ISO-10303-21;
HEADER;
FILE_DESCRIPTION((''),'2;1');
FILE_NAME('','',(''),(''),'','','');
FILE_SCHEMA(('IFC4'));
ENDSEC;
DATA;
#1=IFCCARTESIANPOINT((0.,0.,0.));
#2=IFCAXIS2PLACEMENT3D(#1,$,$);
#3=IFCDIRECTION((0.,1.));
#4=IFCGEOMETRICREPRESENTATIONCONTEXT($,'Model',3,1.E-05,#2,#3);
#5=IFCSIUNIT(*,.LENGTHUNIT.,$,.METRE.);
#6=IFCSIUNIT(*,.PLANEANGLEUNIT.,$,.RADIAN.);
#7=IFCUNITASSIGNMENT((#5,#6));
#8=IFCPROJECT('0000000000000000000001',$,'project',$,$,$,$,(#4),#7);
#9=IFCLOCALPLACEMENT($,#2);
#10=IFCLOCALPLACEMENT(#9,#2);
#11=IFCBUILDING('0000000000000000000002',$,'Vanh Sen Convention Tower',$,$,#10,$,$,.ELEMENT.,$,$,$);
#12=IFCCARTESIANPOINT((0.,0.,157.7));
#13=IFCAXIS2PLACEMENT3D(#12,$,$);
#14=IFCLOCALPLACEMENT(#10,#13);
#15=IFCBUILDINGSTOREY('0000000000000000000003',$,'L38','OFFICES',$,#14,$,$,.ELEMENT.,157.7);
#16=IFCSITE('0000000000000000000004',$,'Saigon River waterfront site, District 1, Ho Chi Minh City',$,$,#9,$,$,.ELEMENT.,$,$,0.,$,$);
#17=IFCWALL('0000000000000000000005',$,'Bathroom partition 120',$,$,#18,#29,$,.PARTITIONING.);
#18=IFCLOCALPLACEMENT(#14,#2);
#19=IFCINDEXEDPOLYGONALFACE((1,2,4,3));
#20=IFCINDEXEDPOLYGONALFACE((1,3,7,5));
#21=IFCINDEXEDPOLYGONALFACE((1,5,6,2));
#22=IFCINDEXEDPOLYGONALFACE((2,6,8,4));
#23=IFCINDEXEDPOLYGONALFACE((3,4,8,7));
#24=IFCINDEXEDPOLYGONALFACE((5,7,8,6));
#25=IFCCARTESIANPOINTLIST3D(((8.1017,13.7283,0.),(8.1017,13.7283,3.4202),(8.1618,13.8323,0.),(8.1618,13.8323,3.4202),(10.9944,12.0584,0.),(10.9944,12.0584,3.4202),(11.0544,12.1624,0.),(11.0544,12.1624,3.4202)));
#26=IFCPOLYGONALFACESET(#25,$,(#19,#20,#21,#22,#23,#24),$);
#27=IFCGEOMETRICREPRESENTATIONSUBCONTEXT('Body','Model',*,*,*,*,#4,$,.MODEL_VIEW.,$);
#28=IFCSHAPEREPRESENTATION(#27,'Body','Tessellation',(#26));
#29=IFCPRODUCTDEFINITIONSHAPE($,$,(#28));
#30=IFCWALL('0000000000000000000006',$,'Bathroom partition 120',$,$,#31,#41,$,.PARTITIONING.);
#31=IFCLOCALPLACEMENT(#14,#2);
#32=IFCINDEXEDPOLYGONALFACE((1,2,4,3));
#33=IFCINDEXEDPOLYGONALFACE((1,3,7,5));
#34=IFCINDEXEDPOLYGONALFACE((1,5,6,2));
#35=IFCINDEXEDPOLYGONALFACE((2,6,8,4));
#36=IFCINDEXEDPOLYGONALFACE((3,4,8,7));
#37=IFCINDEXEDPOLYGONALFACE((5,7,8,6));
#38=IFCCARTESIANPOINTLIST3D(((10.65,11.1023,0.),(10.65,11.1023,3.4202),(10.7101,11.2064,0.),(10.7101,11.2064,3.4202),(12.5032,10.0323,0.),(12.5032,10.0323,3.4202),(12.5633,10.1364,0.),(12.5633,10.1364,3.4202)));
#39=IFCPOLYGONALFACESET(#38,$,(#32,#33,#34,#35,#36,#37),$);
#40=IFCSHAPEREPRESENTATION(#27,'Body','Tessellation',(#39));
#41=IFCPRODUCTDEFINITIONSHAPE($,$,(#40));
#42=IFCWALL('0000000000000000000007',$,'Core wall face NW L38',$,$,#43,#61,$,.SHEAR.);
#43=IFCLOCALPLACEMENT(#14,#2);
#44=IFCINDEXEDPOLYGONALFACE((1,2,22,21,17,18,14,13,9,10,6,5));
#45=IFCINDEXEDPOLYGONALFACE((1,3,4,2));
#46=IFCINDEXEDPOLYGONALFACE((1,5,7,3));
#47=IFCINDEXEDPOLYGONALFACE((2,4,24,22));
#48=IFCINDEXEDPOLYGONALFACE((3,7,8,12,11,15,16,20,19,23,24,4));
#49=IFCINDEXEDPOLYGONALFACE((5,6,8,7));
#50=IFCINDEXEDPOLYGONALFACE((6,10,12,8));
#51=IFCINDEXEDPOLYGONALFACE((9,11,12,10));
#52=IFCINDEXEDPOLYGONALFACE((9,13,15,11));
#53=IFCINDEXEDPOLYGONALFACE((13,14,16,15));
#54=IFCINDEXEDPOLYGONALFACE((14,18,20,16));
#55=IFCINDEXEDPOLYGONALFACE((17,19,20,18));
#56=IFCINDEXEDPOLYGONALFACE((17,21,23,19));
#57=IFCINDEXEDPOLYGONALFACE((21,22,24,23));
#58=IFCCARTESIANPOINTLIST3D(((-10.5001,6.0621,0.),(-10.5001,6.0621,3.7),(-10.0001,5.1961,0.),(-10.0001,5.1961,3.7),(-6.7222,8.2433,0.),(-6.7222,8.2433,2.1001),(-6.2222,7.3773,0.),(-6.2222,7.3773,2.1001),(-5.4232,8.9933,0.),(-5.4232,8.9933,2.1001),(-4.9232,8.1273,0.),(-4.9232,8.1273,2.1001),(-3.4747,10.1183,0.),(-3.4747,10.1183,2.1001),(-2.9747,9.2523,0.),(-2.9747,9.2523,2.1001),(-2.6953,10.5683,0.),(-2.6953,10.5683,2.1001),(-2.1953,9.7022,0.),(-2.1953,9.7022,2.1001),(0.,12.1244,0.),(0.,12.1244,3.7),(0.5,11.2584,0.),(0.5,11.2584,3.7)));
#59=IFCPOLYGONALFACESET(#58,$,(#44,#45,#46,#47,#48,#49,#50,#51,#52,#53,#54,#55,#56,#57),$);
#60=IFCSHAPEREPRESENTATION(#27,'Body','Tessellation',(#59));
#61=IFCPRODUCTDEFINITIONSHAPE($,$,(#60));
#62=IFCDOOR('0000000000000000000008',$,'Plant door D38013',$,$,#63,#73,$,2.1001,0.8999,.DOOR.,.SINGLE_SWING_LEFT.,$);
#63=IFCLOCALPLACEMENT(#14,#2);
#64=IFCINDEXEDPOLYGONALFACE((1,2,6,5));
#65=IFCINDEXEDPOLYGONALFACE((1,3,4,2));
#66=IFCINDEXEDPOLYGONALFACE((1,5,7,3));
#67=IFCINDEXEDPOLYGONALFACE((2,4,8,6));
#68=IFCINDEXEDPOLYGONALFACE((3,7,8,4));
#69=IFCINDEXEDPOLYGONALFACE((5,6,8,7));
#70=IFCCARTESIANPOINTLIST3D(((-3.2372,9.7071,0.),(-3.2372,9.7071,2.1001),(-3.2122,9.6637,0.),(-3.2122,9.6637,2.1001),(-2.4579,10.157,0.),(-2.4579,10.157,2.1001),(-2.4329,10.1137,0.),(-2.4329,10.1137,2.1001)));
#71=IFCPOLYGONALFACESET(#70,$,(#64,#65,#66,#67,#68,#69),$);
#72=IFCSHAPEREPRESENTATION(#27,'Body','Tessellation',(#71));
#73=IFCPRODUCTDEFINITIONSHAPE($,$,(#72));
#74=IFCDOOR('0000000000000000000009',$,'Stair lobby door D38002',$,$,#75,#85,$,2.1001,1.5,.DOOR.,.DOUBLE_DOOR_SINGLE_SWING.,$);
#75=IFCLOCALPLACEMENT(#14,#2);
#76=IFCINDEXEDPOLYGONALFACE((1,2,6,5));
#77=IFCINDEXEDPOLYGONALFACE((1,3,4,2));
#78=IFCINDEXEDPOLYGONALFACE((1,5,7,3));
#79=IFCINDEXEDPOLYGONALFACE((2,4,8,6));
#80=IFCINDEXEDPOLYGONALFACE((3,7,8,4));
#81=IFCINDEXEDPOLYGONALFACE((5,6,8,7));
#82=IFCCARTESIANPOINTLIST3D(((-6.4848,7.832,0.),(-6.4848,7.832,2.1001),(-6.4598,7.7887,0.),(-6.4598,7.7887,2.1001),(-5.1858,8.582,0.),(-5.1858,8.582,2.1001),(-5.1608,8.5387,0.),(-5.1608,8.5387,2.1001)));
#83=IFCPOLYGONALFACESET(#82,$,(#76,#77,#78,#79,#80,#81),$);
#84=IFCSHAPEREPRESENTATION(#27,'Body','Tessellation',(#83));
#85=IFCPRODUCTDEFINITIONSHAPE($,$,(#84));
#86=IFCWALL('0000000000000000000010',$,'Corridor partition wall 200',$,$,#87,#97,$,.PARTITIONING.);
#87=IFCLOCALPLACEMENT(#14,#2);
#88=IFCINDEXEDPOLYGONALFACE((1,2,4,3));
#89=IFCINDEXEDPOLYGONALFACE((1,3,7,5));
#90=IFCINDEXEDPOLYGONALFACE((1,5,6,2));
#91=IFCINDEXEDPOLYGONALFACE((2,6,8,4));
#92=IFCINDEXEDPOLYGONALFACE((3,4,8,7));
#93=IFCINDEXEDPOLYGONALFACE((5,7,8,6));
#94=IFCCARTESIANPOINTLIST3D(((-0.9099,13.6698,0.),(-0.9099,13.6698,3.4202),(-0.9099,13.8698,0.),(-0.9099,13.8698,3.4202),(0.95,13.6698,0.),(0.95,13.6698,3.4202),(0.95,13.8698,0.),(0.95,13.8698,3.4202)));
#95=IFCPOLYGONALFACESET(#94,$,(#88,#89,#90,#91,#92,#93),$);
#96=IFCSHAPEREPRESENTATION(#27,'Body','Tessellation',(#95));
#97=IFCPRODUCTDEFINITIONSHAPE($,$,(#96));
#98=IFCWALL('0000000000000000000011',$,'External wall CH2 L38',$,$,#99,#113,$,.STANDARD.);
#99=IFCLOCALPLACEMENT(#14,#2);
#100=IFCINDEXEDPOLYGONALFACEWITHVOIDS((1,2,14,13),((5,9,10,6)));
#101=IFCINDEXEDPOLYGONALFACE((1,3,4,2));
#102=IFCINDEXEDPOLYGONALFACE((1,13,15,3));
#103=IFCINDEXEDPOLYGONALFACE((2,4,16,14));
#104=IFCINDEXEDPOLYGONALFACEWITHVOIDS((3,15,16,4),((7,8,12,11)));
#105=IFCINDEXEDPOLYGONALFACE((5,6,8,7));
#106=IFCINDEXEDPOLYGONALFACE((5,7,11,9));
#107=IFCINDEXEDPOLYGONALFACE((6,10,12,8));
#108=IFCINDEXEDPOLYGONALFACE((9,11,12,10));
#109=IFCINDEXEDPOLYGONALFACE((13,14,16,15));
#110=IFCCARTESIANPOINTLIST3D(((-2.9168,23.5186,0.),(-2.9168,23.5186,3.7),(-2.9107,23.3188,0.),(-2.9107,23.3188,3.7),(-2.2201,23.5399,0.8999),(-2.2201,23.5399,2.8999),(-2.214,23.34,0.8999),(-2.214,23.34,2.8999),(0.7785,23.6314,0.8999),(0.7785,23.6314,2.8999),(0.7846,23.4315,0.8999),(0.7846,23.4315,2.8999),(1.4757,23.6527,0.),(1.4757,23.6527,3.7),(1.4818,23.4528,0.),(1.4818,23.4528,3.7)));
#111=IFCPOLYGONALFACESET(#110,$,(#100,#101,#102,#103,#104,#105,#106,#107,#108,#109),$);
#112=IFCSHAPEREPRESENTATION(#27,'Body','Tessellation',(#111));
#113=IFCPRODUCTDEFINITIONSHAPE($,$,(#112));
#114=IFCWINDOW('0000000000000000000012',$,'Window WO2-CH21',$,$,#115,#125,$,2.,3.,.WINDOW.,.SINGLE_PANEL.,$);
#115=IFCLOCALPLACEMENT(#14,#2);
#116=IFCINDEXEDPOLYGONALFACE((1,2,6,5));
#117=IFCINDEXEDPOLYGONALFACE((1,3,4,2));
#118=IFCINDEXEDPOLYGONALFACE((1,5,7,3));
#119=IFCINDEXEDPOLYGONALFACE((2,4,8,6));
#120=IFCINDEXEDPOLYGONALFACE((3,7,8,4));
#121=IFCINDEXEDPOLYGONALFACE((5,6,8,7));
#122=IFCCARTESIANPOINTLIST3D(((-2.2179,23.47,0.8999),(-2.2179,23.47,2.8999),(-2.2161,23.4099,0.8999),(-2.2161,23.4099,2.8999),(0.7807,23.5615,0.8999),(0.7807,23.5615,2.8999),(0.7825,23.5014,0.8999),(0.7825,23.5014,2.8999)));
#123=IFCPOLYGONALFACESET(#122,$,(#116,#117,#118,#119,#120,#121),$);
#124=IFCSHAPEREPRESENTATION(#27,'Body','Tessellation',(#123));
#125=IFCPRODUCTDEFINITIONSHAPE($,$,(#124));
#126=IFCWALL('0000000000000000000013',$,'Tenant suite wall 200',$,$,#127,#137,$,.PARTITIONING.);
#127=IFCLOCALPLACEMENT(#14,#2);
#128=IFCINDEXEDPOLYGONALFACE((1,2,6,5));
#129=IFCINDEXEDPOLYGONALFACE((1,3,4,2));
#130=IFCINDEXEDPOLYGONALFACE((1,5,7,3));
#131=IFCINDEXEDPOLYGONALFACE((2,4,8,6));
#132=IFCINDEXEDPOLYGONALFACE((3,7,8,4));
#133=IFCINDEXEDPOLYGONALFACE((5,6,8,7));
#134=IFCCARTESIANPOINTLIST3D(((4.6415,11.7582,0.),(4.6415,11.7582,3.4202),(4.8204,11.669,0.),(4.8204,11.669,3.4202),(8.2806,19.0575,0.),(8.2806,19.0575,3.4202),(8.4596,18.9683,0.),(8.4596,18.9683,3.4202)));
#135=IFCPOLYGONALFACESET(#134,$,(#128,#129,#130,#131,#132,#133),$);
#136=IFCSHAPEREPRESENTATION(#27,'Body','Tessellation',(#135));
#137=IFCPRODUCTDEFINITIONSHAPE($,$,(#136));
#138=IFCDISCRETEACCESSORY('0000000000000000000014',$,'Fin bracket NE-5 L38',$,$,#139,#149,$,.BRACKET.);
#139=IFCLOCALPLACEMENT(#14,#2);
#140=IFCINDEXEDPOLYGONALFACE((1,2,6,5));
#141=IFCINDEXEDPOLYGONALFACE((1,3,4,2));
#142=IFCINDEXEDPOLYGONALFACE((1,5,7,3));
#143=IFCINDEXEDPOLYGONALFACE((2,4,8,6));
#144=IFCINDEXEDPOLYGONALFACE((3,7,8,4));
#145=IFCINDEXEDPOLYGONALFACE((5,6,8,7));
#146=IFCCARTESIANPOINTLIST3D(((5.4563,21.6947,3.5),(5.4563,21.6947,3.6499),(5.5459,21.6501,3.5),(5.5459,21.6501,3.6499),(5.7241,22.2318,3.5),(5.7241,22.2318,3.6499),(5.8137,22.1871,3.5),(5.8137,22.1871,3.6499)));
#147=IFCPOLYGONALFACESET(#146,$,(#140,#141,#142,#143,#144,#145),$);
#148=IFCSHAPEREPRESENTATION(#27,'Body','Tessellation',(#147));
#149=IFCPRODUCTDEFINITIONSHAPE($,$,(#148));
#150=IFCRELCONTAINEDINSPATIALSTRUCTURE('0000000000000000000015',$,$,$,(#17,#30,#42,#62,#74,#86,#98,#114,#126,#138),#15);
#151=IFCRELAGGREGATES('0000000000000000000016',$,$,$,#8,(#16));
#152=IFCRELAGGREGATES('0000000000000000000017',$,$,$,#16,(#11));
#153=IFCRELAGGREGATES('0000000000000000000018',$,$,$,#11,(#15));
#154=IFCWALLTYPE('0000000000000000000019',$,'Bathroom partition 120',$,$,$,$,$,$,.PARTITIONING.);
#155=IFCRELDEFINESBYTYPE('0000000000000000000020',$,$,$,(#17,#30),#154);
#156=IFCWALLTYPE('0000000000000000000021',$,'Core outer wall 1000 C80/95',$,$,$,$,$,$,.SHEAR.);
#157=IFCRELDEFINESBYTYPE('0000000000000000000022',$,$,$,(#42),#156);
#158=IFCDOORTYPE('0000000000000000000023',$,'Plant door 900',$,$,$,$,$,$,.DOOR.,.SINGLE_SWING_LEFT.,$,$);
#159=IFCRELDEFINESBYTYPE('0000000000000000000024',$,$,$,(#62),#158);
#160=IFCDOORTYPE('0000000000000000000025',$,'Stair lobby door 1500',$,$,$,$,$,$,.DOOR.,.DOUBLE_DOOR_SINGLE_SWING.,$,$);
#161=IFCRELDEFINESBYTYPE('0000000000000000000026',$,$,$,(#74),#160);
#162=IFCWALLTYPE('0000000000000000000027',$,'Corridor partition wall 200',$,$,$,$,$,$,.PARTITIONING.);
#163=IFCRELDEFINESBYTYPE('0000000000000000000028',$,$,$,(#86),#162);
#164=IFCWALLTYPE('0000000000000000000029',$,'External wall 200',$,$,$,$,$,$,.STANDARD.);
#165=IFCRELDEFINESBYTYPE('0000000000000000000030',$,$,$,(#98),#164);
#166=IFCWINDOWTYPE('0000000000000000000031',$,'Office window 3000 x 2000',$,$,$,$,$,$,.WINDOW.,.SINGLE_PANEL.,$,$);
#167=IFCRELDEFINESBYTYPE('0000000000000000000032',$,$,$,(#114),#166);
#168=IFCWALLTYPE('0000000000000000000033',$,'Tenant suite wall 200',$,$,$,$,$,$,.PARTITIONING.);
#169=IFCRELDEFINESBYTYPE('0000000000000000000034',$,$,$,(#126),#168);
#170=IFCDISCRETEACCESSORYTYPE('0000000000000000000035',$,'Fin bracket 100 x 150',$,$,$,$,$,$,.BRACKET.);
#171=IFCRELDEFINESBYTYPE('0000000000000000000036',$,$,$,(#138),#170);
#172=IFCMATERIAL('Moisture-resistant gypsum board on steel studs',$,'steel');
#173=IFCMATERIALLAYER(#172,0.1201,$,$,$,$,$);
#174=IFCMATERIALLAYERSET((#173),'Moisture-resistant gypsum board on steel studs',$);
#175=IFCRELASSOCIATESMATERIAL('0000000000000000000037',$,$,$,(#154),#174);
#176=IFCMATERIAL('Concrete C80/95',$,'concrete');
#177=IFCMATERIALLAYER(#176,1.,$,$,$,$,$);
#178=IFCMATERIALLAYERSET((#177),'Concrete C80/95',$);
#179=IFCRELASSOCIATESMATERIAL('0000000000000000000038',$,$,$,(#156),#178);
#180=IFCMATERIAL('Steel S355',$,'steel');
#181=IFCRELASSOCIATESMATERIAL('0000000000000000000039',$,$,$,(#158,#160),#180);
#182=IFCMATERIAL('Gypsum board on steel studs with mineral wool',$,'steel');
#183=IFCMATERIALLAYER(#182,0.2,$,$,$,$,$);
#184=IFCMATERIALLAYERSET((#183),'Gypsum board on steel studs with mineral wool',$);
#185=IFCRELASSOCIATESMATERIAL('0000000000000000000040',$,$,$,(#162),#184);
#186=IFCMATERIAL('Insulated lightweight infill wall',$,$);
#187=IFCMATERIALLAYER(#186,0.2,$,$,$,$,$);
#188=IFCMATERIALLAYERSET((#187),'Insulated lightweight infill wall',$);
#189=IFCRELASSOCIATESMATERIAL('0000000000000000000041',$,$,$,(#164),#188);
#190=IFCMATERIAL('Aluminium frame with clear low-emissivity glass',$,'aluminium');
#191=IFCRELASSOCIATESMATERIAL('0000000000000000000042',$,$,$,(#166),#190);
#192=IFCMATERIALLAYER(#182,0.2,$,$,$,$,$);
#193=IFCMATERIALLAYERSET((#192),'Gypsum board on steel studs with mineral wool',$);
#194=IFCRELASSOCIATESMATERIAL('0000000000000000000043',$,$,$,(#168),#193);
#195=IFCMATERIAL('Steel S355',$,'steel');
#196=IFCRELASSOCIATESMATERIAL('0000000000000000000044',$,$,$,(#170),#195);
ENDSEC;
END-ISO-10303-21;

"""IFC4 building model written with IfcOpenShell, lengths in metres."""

from ifc_helpers import new_model, si_unit, direction, frame, frame_2d, origin, origin_2d, place, context, subcontext, project, spatial, rectangle, extrude, material, layer, layer_set, type_object, element, fill, save


model = new_model("IFC4")

# Units and contexts
model_context = context("Model", 3, precision=1e-05, world=origin(), true_north=direction((0.0, 1.0)))
body_context = subcontext(model_context, "Body", "Model", "MODEL_VIEW")
ifc_project = project(units=[si_unit("LENGTHUNIT", "METRE"), si_unit("PLANEANGLEUNIT", "RADIAN")], contexts=[model_context])

# Site, building, storey
site_placement = place(None, origin())
site = spatial("IfcSite", under=ifc_project, at=site_placement, Name="Saigon River waterfront site, District 1, Ho Chi Minh City", CompositionType="ELEMENT", RefElevation=0.0)
building_placement = place(site_placement, origin())
building = spatial("IfcBuilding", under=site, at=building_placement, Name="Vanh Sen Convention Tower", CompositionType="ELEMENT")
storey_placement = place(building_placement, frame((0.0, 0.0, 157.7)))
storey = spatial("IfcBuildingStorey", under=building, at=storey_placement, Name="L38", Description="OFFICES", CompositionType="ELEMENT", Elevation=157.7)

# Shared definitions
ifc_material_1 = material(Name="Concrete C80/95", Category="concrete")

# Walls
ifc_material_2 = material(Name="Moisture-resistant gypsum board on steel studs", Category="steel")
ifc_layer_1 = layer(ifc_material_2, 0.1201)
ifc_layer_set_1 = layer_set([ifc_layer_1], Name="Moisture-resistant gypsum board on steel studs")
wall_type_1 = type_object("IfcWallType", Name="Bathroom partition 120", PredefinedType="PARTITIONING", material=ifc_layer_set_1)
wall_1_placement = place(storey_placement, frame((8.1318, 13.7803, 0.0), z_axis=(0.0, 0.0, 1.0), x_axis=(0.86604, -0.499976, 0.0)))
element("IfcWall", 1, at=wall_1_placement, inside=storey, type_object=wall_type_1, Name="Bathroom partition 120", PredefinedType="PARTITIONING", context=body_context, shape_type="SweptSolid", body=[
    extrude(rectangle(XDim=3.3401, YDim=0.1201, at=frame_2d((1.6699, 0.0))), origin(), (0.0, 0.0, 1.0), 3.4202),
])
wall_2_placement = place(storey_placement, frame((10.6802, 11.1543, 0.0), z_axis=(0.0, 0.0, 1.0), x_axis=(0.866009, -0.500029, 0.0)))
element("IfcWall", 2, at=wall_2_placement, inside=storey, type_object=wall_type_1, Name="Bathroom partition 120", PredefinedType="PARTITIONING", context=body_context, shape_type="SweptSolid", body=[
    extrude(rectangle(XDim=2.1399, YDim=0.1201, at=frame_2d((1.0698, 0.0))), origin(), (0.0, 0.0, 1.0), 3.4202),
])

# Wall, openings, doors
ifc_layer_2 = layer(ifc_material_1, 1.0)
ifc_layer_set_2 = layer_set([ifc_layer_2], Name="Concrete C80/95")
wall_type_2 = type_object("IfcWallType", Name="Core outer wall 1000 C80/95", PredefinedType="SHEAR", material=ifc_layer_set_2)
wall_3_placement = place(storey_placement, frame((0.25, 11.6914, 0.0), z_axis=(0.0, 0.0, 1.0), x_axis=(-0.866023, -0.500005, 0.0)))
wall_3 = element("IfcWall", 3, at=wall_3_placement, inside=storey, type_object=wall_type_2, Name="Core wall face NW L38", PredefinedType="SHEAR", context=body_context, shape_type="SweptSolid", body=[
    extrude(rectangle(XDim=12.1245, YDim=1.0, at=frame_2d((6.0623, 0.0))), origin(), (0.0, 0.0, 1.0), 3.7),
])
opening_1_placement = place(wall_3_placement, frame((6.2622, 0.0, 0.0)))
opening_1 = element("IfcOpeningElement", 4, at=opening_1_placement, cuts=wall_3, PredefinedType="OPENING", context=body_context, shape_type="SweptSolid", body=[
    extrude(rectangle(XDim=1.5, YDim=2.1001, at=frame_2d((0.75, 1.05))), frame((0.0, 0.51, 0.0), z_axis=(0.0, -1.0, 0.0), x_axis=(1.0, 0.0, 0.0)), (0.0, 0.0, 1.0), 1.02),
])
opening_2_placement = place(wall_3_placement, frame((3.1123, 0.0, 0.0)))
opening_2 = element("IfcOpeningElement", 5, at=opening_2_placement, cuts=wall_3, PredefinedType="OPENING", context=body_context, shape_type="SweptSolid", body=[
    extrude(rectangle(XDim=0.8999, YDim=2.1001, at=frame_2d((0.45, 1.05))), frame((0.0, 0.51, 0.0), z_axis=(0.0, -1.0, 0.0), x_axis=(1.0, 0.0, 0.0)), (0.0, 0.0, 1.0), 1.02),
])
ifc_material_3 = material(Name="Steel S355", Category="steel")
door_type_1 = type_object("IfcDoorType", Name="Plant door 900", OperationType="SINGLE_SWING_LEFT", PredefinedType="DOOR", material=ifc_material_3)
door_1_placement = place(opening_2_placement, origin())
door_1 = element("IfcDoor", 6, at=door_1_placement, inside=storey, type_object=door_type_1, Name="Plant door D38013", OperationType="SINGLE_SWING_LEFT", OverallHeight=2.1001, OverallWidth=0.8999, PredefinedType="DOOR", context=body_context, shape_type="SweptSolid", body=[
    extrude(rectangle(XDim=0.8999, YDim=2.1001, at=frame_2d((0.45, 1.05))), frame((0.0, 0.0249, 0.0), z_axis=(0.0, -1.0, 0.0), x_axis=(1.0, 0.0, 0.0)), (0.0, 0.0, 1.0), 0.05),
])
fill(opening_2, door_1)
door_type_2 = type_object("IfcDoorType", Name="Stair lobby door 1500", OperationType="DOUBLE_DOOR_SINGLE_SWING", PredefinedType="DOOR", material=ifc_material_3)
door_2_placement = place(opening_1_placement, origin())
door_2 = element("IfcDoor", 7, at=door_2_placement, inside=storey, type_object=door_type_2, Name="Stair lobby door D38002", OperationType="DOUBLE_DOOR_SINGLE_SWING", OverallHeight=2.1001, OverallWidth=1.5, PredefinedType="DOOR", context=body_context, shape_type="SweptSolid", body=[
    extrude(rectangle(XDim=1.5, YDim=2.1001, at=frame_2d((0.75, 1.05))), frame((0.0, 0.0249, 0.0), z_axis=(0.0, -1.0, 0.0), x_axis=(1.0, 0.0, 0.0)), (0.0, 0.0, 1.0), 0.05),
])
fill(opening_1, door_2)

# Wall
ifc_material_4 = material(Name="Gypsum board on steel studs with mineral wool", Category="steel")
ifc_layer_3 = layer(ifc_material_4, 0.2)
ifc_layer_set_3 = layer_set([ifc_layer_3], Name="Gypsum board on steel studs with mineral wool")
wall_type_3 = type_object("IfcWallType", Name="Corridor partition wall 200", PredefinedType="PARTITIONING", material=ifc_layer_set_3)
wall_4_placement = place(storey_placement, frame((0.95, 13.7698, 0.0), z_axis=(0.0, 0.0, 1.0), x_axis=(-1.0, 0.0, 0.0)))
element("IfcWall", 8, at=wall_4_placement, inside=storey, type_object=wall_type_3, Name="Corridor partition wall 200", PredefinedType="PARTITIONING", context=body_context, shape_type="SweptSolid", body=[
    extrude(rectangle(XDim=1.8599, YDim=0.2, at=frame_2d((0.9299, 0.0))), origin(), (0.0, 0.0, 1.0), 3.4202),
])

# Wall, opening, window
ifc_material_5 = material(Name="Insulated lightweight infill wall")
ifc_layer_4 = layer(ifc_material_5, 0.2)
ifc_layer_set_4 = layer_set([ifc_layer_4], Name="Insulated lightweight infill wall")
wall_type_4 = type_object("IfcWallType", Name="External wall 200", PredefinedType="STANDARD", material=ifc_layer_set_4)
wall_5_placement = place(storey_placement, frame((1.4788, 23.5527, 0.0), z_axis=(0.0, 0.0, 1.0), x_axis=(-0.999535, -0.030499, 0.0)))
wall_5 = element("IfcWall", 9, at=wall_5_placement, inside=storey, type_object=wall_type_4, Name="External wall CH2 L38", PredefinedType="STANDARD", context=body_context, shape_type="SweptSolid", body=[
    extrude(rectangle(XDim=4.3945, YDim=0.2, at=frame_2d((2.1973, 0.0))), origin(), (0.0, 0.0, 1.0), 3.7),
])
opening_3_placement = place(wall_5_placement, frame((0.6975, 0.0, 0.8999)))
opening_3 = element("IfcOpeningElement", 10, at=opening_3_placement, cuts=wall_5, PredefinedType="OPENING", context=body_context, shape_type="SweptSolid", body=[
    extrude(rectangle(XDim=3.0, YDim=2.0, at=frame_2d((1.5, 1.0))), frame((0.0, 0.1099, 0.0), z_axis=(0.0, -1.0, 0.0), x_axis=(1.0, 0.0, 0.0)), (0.0, 0.0, 1.0), 0.22),
])
ifc_material_6 = material(Name="Aluminium frame with clear low-emissivity glass", Category="aluminium")
window_type = type_object("IfcWindowType", Name="Office window 3000 x 2000", PartitioningType="SINGLE_PANEL", PredefinedType="WINDOW", material=ifc_material_6)
window_placement = place(opening_3_placement, origin())
window = element("IfcWindow", 11, at=window_placement, inside=storey, type_object=window_type, Name="Window WO2-CH21", OverallHeight=2.0, OverallWidth=3.0, PartitioningType="SINGLE_PANEL", PredefinedType="WINDOW", context=body_context, shape_type="SweptSolid", body=[
    extrude(rectangle(XDim=3.0, YDim=2.0, at=frame_2d((1.5, 1.0))), frame((0.0, 0.03, 0.0), z_axis=(0.0, -1.0, 0.0), x_axis=(1.0, 0.0, 0.0)), (0.0, 0.0, 1.0), 0.0601),
])
fill(opening_3, window)

# Wall
ifc_layer_5 = layer(ifc_material_4, 0.2)
ifc_layer_set_5 = layer_set([ifc_layer_5], Name="Gypsum board on steel studs with mineral wool")
wall_type_5 = type_object("IfcWallType", Name="Tenant suite wall 200", PredefinedType="PARTITIONING", material=ifc_layer_set_5)
wall_6_placement = place(storey_placement, frame((8.3701, 19.0129, 0.0), z_axis=(0.0, 0.0, 1.0), x_axis=(-0.446184, -0.894941, 0.0)))
element("IfcWall", 12, at=wall_6_placement, inside=storey, type_object=wall_type_5, Name="Tenant suite wall 200", PredefinedType="PARTITIONING", context=body_context, shape_type="SweptSolid", body=[
    extrude(rectangle(XDim=8.1562, YDim=0.2, at=frame_2d((4.0781, 0.0))), origin(), (0.0, 0.0, 1.0), 3.4202),
])

# Discrete accessory
ifc_material_7 = material(Name="Steel S355", Category="steel")
discrete_accessory_type = type_object("IfcDiscreteAccessoryType", Name="Fin bracket 100 x 150", PredefinedType="BRACKET", material=ifc_material_7)
discrete_accessory_placement = place(storey_placement, frame((5.635, 21.9409, 3.5), z_axis=(0.0, 0.0, 1.0), x_axis=(0.446198, 0.894934, 0.0)))
element("IfcDiscreteAccessory", 13, at=discrete_accessory_placement, inside=storey, type_object=discrete_accessory_type, Name="Fin bracket NE-5 L38", PredefinedType="BRACKET", context=body_context, shape_type="SweptSolid", body=[
    extrude(rectangle(XDim=0.6001, YDim=0.1001, at=origin_2d()), origin(), (0.0, 0.0, 1.0), 0.1499),
])

save(model, "model.ifc")
